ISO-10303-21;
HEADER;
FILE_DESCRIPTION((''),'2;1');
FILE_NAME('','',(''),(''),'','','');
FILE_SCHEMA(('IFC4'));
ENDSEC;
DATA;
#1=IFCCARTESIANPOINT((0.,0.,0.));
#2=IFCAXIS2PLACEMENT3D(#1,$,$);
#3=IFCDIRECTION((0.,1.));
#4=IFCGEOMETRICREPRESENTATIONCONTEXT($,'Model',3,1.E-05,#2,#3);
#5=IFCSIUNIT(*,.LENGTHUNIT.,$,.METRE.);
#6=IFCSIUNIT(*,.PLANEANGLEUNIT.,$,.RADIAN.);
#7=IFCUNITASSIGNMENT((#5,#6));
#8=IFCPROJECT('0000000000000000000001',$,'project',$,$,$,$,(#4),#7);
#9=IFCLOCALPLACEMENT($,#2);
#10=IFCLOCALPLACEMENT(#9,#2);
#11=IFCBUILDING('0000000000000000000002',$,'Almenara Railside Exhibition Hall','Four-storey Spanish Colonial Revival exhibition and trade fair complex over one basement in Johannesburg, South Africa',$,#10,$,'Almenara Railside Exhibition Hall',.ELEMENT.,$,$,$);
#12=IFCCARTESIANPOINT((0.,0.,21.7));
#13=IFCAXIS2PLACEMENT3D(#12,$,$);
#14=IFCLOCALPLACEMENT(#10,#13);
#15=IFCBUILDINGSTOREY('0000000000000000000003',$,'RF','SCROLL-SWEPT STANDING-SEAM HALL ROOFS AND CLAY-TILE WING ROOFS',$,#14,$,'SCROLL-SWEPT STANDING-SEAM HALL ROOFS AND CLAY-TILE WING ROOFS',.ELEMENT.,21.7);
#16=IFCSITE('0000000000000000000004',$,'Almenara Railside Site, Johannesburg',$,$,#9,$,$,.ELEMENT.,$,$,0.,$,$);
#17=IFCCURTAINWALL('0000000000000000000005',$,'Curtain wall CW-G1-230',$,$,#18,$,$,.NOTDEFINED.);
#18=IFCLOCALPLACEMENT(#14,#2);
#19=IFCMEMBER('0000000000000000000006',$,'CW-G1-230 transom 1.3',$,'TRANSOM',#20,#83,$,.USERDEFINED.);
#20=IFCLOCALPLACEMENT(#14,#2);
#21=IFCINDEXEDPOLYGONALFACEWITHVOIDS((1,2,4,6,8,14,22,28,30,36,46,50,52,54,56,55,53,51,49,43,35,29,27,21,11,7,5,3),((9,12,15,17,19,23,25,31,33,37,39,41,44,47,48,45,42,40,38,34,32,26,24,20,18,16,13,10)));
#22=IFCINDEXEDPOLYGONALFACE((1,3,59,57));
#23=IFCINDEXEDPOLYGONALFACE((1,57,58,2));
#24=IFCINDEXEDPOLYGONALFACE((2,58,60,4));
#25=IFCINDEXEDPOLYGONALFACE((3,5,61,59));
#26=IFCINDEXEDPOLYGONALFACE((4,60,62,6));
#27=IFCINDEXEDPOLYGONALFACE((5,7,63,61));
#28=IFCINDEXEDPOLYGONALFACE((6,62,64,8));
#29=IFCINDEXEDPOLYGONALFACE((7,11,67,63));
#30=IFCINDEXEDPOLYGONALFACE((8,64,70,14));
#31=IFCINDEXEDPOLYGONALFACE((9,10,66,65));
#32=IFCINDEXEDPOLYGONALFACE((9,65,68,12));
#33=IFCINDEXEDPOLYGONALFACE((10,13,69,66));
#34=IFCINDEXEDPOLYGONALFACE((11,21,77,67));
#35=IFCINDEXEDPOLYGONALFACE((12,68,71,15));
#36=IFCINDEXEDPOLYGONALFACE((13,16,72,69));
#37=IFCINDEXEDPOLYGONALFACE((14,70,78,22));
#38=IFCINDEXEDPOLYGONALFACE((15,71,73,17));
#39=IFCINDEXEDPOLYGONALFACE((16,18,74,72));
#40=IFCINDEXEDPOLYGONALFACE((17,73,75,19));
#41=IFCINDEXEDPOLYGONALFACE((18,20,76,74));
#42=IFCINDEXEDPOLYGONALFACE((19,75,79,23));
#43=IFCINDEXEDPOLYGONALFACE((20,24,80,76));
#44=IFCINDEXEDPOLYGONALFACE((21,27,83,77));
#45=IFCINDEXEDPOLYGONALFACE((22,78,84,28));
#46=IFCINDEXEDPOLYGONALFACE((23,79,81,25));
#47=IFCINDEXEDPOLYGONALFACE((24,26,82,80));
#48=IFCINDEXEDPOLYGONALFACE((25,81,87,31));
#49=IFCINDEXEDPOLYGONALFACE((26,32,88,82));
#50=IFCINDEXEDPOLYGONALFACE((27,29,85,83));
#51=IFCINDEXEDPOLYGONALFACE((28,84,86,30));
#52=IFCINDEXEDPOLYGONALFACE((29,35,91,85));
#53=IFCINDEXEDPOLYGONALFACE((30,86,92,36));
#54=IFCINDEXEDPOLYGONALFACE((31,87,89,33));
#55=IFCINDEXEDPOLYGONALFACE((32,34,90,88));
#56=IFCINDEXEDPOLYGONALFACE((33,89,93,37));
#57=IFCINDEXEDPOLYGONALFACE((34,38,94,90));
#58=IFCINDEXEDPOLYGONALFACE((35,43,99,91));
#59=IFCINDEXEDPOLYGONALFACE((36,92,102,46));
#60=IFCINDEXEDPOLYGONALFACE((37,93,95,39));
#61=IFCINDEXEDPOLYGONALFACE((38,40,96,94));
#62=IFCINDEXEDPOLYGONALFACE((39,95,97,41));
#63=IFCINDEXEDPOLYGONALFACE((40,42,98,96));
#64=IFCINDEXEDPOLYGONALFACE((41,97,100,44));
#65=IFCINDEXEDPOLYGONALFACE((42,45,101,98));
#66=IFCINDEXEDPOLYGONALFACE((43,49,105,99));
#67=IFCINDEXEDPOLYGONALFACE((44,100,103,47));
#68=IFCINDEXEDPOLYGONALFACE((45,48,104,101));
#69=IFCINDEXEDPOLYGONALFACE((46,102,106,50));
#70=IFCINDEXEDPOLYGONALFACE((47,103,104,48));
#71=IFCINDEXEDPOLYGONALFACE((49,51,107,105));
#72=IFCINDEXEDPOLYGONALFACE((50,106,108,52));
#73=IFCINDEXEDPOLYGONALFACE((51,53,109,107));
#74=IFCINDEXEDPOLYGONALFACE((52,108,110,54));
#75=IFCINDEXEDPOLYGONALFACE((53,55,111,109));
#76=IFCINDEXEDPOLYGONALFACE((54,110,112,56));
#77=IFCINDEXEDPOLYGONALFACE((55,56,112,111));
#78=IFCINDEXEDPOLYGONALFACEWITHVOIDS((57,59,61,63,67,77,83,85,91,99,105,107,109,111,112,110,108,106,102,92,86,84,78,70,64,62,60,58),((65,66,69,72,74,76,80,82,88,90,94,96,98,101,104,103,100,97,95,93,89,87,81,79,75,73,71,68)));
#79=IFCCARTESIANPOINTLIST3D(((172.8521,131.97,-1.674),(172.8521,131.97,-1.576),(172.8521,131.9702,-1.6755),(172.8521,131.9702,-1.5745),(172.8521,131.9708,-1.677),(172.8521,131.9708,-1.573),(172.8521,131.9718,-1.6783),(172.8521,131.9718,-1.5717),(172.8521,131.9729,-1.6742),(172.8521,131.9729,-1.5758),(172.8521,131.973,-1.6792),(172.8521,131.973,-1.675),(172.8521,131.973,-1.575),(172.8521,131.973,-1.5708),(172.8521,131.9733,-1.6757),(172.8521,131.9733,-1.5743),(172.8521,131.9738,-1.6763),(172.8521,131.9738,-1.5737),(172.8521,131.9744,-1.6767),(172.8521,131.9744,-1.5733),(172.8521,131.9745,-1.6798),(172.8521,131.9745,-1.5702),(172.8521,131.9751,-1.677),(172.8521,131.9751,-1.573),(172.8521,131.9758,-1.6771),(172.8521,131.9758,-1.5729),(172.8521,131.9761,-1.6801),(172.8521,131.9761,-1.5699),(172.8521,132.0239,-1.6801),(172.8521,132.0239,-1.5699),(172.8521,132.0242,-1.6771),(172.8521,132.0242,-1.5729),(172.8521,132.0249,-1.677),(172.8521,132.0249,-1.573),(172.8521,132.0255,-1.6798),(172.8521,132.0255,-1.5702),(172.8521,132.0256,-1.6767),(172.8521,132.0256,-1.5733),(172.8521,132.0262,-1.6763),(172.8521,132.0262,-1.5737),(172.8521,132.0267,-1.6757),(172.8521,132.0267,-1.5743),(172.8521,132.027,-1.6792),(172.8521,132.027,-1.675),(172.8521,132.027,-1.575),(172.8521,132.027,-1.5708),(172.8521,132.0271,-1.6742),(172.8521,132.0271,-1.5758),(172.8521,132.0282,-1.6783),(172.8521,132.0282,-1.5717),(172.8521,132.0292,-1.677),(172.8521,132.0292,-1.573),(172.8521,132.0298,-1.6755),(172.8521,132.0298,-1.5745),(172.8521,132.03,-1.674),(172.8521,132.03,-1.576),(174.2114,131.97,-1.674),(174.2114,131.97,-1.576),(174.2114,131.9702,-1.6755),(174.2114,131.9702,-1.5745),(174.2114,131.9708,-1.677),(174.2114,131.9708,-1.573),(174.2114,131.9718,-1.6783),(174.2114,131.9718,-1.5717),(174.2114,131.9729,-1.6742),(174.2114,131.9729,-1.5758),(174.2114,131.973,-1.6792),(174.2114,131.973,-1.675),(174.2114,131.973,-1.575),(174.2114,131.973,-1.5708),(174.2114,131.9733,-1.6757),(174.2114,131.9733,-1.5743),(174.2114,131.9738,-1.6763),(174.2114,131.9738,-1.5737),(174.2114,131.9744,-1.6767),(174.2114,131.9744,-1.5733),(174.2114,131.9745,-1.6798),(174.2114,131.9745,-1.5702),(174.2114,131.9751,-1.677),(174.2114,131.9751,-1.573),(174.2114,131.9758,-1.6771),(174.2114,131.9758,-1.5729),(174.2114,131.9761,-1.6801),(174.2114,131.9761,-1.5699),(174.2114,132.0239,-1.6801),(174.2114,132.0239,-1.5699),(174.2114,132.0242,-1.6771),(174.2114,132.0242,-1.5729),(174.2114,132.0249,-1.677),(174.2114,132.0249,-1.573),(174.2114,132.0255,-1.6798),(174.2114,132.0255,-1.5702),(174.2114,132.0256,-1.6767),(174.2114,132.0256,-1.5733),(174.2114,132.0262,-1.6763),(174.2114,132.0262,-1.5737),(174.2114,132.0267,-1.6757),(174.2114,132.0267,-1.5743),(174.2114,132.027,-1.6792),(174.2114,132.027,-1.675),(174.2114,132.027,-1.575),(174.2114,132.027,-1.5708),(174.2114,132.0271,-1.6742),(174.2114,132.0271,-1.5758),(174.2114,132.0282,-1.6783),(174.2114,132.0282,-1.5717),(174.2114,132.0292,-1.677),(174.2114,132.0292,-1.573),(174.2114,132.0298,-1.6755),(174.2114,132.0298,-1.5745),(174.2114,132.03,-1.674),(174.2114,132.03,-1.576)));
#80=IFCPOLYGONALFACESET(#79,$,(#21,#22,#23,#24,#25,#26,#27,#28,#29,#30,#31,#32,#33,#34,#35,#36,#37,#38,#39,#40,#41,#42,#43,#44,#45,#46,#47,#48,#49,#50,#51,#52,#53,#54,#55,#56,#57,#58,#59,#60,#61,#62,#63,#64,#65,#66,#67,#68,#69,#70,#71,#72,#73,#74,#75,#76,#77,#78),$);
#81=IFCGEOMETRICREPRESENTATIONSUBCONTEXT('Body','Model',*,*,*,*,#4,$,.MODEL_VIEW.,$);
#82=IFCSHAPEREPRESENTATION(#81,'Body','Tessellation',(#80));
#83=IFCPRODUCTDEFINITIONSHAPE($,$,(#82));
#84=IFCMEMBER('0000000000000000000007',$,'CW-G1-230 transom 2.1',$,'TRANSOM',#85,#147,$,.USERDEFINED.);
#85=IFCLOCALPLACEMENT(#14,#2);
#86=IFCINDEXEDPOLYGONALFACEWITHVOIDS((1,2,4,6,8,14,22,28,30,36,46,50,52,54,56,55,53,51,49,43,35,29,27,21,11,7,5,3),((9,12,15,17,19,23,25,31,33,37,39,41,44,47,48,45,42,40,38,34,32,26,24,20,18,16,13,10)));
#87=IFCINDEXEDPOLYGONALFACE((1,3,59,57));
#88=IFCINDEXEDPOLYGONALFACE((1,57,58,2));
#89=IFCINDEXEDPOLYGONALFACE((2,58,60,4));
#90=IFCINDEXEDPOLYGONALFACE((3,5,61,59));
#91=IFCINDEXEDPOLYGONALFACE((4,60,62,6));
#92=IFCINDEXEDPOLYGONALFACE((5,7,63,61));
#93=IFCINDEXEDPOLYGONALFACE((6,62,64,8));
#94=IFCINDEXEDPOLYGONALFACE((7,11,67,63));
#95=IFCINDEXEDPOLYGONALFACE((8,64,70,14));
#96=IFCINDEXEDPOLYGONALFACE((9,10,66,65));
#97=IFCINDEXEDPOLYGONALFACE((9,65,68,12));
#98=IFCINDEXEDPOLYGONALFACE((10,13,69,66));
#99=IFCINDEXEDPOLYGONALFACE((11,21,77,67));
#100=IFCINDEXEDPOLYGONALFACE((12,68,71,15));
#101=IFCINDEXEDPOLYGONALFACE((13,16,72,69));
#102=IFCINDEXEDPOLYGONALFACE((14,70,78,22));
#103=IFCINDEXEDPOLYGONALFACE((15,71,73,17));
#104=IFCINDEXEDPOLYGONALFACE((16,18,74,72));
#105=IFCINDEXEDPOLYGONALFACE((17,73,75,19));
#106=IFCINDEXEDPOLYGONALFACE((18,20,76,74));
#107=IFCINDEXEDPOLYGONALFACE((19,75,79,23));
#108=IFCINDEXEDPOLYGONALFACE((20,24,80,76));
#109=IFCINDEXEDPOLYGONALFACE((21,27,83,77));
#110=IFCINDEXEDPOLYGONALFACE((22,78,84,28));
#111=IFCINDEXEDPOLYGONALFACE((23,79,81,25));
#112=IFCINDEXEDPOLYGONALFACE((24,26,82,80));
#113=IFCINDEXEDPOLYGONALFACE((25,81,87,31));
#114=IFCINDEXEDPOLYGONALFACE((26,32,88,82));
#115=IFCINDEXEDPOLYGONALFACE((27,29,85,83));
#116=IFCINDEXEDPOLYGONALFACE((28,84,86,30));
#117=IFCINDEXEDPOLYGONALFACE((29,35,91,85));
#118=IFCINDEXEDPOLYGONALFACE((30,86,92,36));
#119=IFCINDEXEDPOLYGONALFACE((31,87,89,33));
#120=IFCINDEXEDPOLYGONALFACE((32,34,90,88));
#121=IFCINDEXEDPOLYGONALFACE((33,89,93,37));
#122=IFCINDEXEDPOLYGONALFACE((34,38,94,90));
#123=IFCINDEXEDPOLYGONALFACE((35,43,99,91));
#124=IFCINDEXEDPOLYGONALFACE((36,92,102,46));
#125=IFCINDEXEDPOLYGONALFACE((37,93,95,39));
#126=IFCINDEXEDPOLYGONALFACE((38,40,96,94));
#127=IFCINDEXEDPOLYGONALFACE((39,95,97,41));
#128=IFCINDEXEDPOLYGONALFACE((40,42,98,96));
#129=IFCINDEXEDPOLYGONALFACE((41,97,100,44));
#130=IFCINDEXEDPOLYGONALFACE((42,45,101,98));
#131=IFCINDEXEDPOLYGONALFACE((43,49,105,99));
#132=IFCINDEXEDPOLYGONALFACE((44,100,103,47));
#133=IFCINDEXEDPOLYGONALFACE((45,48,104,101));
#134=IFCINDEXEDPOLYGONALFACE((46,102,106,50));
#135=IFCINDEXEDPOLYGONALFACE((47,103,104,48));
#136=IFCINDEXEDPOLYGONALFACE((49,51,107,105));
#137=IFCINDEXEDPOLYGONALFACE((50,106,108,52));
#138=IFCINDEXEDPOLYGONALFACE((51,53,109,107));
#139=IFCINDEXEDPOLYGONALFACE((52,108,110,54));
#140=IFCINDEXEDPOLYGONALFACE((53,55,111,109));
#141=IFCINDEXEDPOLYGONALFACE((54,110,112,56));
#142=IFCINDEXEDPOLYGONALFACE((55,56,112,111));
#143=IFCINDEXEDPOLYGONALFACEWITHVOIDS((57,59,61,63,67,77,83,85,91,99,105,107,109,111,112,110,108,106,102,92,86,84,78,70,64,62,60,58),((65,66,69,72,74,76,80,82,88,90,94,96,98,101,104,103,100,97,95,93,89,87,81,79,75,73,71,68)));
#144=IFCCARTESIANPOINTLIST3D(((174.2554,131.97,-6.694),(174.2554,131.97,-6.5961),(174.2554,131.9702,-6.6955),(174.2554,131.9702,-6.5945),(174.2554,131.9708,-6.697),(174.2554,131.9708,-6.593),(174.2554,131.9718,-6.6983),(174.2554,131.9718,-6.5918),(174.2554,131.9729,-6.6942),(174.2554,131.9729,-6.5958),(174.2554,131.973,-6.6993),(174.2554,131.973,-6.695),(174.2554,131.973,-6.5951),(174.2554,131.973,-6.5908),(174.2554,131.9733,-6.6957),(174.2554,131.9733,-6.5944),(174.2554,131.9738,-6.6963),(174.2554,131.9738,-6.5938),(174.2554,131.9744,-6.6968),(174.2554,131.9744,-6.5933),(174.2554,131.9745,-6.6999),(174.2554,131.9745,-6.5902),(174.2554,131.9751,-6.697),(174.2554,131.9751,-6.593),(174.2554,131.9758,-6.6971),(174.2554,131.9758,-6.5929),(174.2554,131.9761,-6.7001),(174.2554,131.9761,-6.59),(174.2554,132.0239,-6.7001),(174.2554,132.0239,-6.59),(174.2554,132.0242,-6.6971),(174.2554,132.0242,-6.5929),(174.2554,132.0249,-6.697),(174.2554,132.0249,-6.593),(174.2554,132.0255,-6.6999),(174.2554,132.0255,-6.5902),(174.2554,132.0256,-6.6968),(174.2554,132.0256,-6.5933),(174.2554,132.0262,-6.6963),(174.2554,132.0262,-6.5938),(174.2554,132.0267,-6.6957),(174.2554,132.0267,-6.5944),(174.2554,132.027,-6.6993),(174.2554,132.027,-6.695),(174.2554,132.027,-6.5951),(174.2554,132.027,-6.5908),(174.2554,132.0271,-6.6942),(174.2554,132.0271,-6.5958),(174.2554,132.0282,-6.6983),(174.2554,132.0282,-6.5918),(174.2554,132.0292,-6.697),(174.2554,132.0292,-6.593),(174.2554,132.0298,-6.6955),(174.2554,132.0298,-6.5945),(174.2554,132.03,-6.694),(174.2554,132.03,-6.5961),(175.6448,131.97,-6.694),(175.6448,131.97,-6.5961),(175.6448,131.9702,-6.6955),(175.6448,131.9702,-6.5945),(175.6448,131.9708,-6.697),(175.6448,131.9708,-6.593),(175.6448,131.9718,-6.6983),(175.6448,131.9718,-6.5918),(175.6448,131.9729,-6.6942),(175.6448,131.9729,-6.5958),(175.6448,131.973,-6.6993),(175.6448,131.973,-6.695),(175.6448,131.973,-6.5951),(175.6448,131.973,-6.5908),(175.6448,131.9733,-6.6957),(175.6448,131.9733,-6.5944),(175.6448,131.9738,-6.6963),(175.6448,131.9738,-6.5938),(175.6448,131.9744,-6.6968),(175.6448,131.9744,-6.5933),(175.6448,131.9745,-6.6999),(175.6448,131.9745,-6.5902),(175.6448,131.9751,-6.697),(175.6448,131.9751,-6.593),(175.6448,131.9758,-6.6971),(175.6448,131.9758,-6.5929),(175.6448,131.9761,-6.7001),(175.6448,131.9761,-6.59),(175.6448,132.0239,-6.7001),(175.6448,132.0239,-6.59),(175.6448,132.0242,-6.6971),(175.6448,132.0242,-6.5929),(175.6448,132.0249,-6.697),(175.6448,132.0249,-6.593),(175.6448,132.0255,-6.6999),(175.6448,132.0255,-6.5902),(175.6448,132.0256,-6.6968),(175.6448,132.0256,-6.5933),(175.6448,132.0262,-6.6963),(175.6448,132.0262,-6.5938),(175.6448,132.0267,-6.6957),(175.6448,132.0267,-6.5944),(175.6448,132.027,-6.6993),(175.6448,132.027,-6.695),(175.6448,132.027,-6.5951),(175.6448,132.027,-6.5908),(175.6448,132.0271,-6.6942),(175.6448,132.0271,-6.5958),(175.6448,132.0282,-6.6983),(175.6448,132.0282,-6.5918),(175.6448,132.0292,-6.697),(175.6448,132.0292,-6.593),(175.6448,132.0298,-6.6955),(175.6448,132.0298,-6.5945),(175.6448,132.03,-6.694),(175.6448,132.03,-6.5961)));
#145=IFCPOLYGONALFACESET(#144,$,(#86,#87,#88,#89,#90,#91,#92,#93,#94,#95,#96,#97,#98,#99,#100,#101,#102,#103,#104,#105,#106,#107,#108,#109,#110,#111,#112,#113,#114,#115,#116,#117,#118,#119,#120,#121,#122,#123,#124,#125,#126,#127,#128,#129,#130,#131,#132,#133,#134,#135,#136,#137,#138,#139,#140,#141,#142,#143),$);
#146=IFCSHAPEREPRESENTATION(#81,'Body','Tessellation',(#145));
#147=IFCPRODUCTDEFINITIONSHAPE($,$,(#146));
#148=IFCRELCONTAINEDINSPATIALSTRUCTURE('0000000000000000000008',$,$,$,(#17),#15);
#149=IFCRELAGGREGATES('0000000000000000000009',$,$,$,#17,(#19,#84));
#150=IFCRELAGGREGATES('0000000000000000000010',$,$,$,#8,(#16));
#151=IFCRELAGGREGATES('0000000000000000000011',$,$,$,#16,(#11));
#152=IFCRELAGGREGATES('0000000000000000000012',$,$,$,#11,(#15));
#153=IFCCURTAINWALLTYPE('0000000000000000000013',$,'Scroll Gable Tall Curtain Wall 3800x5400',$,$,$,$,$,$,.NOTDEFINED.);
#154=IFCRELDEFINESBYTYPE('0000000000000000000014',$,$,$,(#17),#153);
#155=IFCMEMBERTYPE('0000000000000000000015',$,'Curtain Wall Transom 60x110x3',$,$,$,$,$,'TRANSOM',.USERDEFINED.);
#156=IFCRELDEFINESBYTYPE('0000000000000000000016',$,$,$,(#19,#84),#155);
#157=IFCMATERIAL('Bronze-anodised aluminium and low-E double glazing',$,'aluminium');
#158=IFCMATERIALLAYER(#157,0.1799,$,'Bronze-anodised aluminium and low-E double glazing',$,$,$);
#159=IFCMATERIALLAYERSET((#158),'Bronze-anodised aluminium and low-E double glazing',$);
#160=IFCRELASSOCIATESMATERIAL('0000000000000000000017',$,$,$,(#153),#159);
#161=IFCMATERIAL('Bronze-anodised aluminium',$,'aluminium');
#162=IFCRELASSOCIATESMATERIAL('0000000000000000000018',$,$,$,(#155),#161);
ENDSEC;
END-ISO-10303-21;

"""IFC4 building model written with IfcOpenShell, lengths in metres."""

from ifc_helpers import new_model, si_unit, direction, frame, origin, origin_2d, place, context, subcontext, project, spatial, hollow_rectangle, extrude, material, layer, layer_set, material_profile, profile_set, type_object, element, aggregate, save


model = new_model("IFC4")

# Units and contexts
model_context = context("Model", 3, precision=1e-05, world=origin(), true_north=direction((0.0, 1.0)))
body_context = subcontext(model_context, "Body", "Model", "MODEL_VIEW")
ifc_project = project(units=[si_unit("LENGTHUNIT", "METRE"), si_unit("PLANEANGLEUNIT", "RADIAN")], contexts=[model_context])

# Site, building, storey
site_placement = place(None, origin())
site = spatial("IfcSite", under=ifc_project, at=site_placement, Name="Almenara Railside Site, Johannesburg", CompositionType="ELEMENT", RefElevation=0.0)
building_placement = place(site_placement, origin())
building = spatial("IfcBuilding", under=site, at=building_placement, Name="Almenara Railside Exhibition Hall", Description="Four-storey Spanish Colonial Revival exhibition and trade fair complex over one basement in Johannesburg, South Africa", LongName="Almenara Railside Exhibition Hall", CompositionType="ELEMENT")
storey_placement = place(building_placement, frame((0.0, 0.0, 21.7)))
storey = spatial("IfcBuildingStorey", under=building, at=storey_placement, Name="RF", Description="SCROLL-SWEPT STANDING-SEAM HALL ROOFS AND CLAY-TILE WING ROOFS", LongName="SCROLL-SWEPT STANDING-SEAM HALL ROOFS AND CLAY-TILE WING ROOFS", CompositionType="ELEMENT", Elevation=21.7)

# Curtain wall
ifc_material_1 = material(Name="Bronze-anodised aluminium and low-E double glazing", Category="aluminium")
ifc_layer_1 = layer(ifc_material_1, 0.1799, Name="Bronze-anodised aluminium and low-E double glazing")
ifc_layer_set_1 = layer_set([ifc_layer_1], Name="Bronze-anodised aluminium and low-E double glazing")
curtain_wall_type = type_object("IfcCurtainWallType", Name="Scroll Gable Tall Curtain Wall 3800x5400", PredefinedType="NOTDEFINED", material=ifc_layer_set_1)
ifc_material_2 = material(Name="Bronze-anodised aluminium", Category="aluminium")
curtain_wall_1_placement = place(storey_placement, origin())
curtain_wall_1 = element("IfcCurtainWall", 1, at=curtain_wall_1_placement, inside=storey, type_object=curtain_wall_type, Name="Curtain wall CW-G1-230", PredefinedType="NOTDEFINED")

# Members
ifc_material_profile_1 = material_profile(ifc_material_2, hollow_rectangle(XDim=0.0601, YDim=0.1101, WallThickness=0.0029, InnerFilletRadius=0.0029, OuterFilletRadius=0.0061, at=origin_2d()), Name="ALU-TRN 60x110x3")
ifc_profile_set_1 = profile_set([ifc_material_profile_1], Name="Bronze-anodised aluminium")
member_type_1 = type_object("IfcMemberType", Name="Curtain Wall Transom 60x110x3", ElementType="TRANSOM", PredefinedType="USERDEFINED", material=ifc_profile_set_1)
member_1_placement = place(storey_placement, frame((172.8521, 132.0, -1.625), z_axis=(1.0, 0.0, 0.0), x_axis=(0.0, 1.0, 0.0)))
member_1 = element("IfcMember", 2, at=member_1_placement, type_object=member_type_1, Name="CW-G1-230 transom 1.3", ObjectType="TRANSOM", PredefinedType="USERDEFINED", context=body_context, shape_type="SweptSolid", body=[
    extrude(hollow_rectangle(XDim=0.0601, YDim=0.1101, WallThickness=0.0029, InnerFilletRadius=0.0029, OuterFilletRadius=0.0061, at=origin_2d()), origin(), (0.0, 0.0, 1.0), 1.3594),
])
member_2_placement = place(storey_placement, frame((174.2554, 132.0, -6.645), z_axis=(1.0, 0.0, 0.0), x_axis=(0.0, 1.0, 0.0)))
member_2 = element("IfcMember", 3, at=member_2_placement, type_object=member_type_1, Name="CW-G1-230 transom 2.1", ObjectType="TRANSOM", PredefinedType="USERDEFINED", context=body_context, shape_type="SweptSolid", body=[
    extrude(hollow_rectangle(XDim=0.0601, YDim=0.1101, WallThickness=0.0029, InnerFilletRadius=0.0029, OuterFilletRadius=0.0061, at=origin_2d()), origin(), (0.0, 0.0, 1.0), 1.3894),
])

aggregate(curtain_wall_1, [member_1, member_2])

save(model, "model.ifc")
